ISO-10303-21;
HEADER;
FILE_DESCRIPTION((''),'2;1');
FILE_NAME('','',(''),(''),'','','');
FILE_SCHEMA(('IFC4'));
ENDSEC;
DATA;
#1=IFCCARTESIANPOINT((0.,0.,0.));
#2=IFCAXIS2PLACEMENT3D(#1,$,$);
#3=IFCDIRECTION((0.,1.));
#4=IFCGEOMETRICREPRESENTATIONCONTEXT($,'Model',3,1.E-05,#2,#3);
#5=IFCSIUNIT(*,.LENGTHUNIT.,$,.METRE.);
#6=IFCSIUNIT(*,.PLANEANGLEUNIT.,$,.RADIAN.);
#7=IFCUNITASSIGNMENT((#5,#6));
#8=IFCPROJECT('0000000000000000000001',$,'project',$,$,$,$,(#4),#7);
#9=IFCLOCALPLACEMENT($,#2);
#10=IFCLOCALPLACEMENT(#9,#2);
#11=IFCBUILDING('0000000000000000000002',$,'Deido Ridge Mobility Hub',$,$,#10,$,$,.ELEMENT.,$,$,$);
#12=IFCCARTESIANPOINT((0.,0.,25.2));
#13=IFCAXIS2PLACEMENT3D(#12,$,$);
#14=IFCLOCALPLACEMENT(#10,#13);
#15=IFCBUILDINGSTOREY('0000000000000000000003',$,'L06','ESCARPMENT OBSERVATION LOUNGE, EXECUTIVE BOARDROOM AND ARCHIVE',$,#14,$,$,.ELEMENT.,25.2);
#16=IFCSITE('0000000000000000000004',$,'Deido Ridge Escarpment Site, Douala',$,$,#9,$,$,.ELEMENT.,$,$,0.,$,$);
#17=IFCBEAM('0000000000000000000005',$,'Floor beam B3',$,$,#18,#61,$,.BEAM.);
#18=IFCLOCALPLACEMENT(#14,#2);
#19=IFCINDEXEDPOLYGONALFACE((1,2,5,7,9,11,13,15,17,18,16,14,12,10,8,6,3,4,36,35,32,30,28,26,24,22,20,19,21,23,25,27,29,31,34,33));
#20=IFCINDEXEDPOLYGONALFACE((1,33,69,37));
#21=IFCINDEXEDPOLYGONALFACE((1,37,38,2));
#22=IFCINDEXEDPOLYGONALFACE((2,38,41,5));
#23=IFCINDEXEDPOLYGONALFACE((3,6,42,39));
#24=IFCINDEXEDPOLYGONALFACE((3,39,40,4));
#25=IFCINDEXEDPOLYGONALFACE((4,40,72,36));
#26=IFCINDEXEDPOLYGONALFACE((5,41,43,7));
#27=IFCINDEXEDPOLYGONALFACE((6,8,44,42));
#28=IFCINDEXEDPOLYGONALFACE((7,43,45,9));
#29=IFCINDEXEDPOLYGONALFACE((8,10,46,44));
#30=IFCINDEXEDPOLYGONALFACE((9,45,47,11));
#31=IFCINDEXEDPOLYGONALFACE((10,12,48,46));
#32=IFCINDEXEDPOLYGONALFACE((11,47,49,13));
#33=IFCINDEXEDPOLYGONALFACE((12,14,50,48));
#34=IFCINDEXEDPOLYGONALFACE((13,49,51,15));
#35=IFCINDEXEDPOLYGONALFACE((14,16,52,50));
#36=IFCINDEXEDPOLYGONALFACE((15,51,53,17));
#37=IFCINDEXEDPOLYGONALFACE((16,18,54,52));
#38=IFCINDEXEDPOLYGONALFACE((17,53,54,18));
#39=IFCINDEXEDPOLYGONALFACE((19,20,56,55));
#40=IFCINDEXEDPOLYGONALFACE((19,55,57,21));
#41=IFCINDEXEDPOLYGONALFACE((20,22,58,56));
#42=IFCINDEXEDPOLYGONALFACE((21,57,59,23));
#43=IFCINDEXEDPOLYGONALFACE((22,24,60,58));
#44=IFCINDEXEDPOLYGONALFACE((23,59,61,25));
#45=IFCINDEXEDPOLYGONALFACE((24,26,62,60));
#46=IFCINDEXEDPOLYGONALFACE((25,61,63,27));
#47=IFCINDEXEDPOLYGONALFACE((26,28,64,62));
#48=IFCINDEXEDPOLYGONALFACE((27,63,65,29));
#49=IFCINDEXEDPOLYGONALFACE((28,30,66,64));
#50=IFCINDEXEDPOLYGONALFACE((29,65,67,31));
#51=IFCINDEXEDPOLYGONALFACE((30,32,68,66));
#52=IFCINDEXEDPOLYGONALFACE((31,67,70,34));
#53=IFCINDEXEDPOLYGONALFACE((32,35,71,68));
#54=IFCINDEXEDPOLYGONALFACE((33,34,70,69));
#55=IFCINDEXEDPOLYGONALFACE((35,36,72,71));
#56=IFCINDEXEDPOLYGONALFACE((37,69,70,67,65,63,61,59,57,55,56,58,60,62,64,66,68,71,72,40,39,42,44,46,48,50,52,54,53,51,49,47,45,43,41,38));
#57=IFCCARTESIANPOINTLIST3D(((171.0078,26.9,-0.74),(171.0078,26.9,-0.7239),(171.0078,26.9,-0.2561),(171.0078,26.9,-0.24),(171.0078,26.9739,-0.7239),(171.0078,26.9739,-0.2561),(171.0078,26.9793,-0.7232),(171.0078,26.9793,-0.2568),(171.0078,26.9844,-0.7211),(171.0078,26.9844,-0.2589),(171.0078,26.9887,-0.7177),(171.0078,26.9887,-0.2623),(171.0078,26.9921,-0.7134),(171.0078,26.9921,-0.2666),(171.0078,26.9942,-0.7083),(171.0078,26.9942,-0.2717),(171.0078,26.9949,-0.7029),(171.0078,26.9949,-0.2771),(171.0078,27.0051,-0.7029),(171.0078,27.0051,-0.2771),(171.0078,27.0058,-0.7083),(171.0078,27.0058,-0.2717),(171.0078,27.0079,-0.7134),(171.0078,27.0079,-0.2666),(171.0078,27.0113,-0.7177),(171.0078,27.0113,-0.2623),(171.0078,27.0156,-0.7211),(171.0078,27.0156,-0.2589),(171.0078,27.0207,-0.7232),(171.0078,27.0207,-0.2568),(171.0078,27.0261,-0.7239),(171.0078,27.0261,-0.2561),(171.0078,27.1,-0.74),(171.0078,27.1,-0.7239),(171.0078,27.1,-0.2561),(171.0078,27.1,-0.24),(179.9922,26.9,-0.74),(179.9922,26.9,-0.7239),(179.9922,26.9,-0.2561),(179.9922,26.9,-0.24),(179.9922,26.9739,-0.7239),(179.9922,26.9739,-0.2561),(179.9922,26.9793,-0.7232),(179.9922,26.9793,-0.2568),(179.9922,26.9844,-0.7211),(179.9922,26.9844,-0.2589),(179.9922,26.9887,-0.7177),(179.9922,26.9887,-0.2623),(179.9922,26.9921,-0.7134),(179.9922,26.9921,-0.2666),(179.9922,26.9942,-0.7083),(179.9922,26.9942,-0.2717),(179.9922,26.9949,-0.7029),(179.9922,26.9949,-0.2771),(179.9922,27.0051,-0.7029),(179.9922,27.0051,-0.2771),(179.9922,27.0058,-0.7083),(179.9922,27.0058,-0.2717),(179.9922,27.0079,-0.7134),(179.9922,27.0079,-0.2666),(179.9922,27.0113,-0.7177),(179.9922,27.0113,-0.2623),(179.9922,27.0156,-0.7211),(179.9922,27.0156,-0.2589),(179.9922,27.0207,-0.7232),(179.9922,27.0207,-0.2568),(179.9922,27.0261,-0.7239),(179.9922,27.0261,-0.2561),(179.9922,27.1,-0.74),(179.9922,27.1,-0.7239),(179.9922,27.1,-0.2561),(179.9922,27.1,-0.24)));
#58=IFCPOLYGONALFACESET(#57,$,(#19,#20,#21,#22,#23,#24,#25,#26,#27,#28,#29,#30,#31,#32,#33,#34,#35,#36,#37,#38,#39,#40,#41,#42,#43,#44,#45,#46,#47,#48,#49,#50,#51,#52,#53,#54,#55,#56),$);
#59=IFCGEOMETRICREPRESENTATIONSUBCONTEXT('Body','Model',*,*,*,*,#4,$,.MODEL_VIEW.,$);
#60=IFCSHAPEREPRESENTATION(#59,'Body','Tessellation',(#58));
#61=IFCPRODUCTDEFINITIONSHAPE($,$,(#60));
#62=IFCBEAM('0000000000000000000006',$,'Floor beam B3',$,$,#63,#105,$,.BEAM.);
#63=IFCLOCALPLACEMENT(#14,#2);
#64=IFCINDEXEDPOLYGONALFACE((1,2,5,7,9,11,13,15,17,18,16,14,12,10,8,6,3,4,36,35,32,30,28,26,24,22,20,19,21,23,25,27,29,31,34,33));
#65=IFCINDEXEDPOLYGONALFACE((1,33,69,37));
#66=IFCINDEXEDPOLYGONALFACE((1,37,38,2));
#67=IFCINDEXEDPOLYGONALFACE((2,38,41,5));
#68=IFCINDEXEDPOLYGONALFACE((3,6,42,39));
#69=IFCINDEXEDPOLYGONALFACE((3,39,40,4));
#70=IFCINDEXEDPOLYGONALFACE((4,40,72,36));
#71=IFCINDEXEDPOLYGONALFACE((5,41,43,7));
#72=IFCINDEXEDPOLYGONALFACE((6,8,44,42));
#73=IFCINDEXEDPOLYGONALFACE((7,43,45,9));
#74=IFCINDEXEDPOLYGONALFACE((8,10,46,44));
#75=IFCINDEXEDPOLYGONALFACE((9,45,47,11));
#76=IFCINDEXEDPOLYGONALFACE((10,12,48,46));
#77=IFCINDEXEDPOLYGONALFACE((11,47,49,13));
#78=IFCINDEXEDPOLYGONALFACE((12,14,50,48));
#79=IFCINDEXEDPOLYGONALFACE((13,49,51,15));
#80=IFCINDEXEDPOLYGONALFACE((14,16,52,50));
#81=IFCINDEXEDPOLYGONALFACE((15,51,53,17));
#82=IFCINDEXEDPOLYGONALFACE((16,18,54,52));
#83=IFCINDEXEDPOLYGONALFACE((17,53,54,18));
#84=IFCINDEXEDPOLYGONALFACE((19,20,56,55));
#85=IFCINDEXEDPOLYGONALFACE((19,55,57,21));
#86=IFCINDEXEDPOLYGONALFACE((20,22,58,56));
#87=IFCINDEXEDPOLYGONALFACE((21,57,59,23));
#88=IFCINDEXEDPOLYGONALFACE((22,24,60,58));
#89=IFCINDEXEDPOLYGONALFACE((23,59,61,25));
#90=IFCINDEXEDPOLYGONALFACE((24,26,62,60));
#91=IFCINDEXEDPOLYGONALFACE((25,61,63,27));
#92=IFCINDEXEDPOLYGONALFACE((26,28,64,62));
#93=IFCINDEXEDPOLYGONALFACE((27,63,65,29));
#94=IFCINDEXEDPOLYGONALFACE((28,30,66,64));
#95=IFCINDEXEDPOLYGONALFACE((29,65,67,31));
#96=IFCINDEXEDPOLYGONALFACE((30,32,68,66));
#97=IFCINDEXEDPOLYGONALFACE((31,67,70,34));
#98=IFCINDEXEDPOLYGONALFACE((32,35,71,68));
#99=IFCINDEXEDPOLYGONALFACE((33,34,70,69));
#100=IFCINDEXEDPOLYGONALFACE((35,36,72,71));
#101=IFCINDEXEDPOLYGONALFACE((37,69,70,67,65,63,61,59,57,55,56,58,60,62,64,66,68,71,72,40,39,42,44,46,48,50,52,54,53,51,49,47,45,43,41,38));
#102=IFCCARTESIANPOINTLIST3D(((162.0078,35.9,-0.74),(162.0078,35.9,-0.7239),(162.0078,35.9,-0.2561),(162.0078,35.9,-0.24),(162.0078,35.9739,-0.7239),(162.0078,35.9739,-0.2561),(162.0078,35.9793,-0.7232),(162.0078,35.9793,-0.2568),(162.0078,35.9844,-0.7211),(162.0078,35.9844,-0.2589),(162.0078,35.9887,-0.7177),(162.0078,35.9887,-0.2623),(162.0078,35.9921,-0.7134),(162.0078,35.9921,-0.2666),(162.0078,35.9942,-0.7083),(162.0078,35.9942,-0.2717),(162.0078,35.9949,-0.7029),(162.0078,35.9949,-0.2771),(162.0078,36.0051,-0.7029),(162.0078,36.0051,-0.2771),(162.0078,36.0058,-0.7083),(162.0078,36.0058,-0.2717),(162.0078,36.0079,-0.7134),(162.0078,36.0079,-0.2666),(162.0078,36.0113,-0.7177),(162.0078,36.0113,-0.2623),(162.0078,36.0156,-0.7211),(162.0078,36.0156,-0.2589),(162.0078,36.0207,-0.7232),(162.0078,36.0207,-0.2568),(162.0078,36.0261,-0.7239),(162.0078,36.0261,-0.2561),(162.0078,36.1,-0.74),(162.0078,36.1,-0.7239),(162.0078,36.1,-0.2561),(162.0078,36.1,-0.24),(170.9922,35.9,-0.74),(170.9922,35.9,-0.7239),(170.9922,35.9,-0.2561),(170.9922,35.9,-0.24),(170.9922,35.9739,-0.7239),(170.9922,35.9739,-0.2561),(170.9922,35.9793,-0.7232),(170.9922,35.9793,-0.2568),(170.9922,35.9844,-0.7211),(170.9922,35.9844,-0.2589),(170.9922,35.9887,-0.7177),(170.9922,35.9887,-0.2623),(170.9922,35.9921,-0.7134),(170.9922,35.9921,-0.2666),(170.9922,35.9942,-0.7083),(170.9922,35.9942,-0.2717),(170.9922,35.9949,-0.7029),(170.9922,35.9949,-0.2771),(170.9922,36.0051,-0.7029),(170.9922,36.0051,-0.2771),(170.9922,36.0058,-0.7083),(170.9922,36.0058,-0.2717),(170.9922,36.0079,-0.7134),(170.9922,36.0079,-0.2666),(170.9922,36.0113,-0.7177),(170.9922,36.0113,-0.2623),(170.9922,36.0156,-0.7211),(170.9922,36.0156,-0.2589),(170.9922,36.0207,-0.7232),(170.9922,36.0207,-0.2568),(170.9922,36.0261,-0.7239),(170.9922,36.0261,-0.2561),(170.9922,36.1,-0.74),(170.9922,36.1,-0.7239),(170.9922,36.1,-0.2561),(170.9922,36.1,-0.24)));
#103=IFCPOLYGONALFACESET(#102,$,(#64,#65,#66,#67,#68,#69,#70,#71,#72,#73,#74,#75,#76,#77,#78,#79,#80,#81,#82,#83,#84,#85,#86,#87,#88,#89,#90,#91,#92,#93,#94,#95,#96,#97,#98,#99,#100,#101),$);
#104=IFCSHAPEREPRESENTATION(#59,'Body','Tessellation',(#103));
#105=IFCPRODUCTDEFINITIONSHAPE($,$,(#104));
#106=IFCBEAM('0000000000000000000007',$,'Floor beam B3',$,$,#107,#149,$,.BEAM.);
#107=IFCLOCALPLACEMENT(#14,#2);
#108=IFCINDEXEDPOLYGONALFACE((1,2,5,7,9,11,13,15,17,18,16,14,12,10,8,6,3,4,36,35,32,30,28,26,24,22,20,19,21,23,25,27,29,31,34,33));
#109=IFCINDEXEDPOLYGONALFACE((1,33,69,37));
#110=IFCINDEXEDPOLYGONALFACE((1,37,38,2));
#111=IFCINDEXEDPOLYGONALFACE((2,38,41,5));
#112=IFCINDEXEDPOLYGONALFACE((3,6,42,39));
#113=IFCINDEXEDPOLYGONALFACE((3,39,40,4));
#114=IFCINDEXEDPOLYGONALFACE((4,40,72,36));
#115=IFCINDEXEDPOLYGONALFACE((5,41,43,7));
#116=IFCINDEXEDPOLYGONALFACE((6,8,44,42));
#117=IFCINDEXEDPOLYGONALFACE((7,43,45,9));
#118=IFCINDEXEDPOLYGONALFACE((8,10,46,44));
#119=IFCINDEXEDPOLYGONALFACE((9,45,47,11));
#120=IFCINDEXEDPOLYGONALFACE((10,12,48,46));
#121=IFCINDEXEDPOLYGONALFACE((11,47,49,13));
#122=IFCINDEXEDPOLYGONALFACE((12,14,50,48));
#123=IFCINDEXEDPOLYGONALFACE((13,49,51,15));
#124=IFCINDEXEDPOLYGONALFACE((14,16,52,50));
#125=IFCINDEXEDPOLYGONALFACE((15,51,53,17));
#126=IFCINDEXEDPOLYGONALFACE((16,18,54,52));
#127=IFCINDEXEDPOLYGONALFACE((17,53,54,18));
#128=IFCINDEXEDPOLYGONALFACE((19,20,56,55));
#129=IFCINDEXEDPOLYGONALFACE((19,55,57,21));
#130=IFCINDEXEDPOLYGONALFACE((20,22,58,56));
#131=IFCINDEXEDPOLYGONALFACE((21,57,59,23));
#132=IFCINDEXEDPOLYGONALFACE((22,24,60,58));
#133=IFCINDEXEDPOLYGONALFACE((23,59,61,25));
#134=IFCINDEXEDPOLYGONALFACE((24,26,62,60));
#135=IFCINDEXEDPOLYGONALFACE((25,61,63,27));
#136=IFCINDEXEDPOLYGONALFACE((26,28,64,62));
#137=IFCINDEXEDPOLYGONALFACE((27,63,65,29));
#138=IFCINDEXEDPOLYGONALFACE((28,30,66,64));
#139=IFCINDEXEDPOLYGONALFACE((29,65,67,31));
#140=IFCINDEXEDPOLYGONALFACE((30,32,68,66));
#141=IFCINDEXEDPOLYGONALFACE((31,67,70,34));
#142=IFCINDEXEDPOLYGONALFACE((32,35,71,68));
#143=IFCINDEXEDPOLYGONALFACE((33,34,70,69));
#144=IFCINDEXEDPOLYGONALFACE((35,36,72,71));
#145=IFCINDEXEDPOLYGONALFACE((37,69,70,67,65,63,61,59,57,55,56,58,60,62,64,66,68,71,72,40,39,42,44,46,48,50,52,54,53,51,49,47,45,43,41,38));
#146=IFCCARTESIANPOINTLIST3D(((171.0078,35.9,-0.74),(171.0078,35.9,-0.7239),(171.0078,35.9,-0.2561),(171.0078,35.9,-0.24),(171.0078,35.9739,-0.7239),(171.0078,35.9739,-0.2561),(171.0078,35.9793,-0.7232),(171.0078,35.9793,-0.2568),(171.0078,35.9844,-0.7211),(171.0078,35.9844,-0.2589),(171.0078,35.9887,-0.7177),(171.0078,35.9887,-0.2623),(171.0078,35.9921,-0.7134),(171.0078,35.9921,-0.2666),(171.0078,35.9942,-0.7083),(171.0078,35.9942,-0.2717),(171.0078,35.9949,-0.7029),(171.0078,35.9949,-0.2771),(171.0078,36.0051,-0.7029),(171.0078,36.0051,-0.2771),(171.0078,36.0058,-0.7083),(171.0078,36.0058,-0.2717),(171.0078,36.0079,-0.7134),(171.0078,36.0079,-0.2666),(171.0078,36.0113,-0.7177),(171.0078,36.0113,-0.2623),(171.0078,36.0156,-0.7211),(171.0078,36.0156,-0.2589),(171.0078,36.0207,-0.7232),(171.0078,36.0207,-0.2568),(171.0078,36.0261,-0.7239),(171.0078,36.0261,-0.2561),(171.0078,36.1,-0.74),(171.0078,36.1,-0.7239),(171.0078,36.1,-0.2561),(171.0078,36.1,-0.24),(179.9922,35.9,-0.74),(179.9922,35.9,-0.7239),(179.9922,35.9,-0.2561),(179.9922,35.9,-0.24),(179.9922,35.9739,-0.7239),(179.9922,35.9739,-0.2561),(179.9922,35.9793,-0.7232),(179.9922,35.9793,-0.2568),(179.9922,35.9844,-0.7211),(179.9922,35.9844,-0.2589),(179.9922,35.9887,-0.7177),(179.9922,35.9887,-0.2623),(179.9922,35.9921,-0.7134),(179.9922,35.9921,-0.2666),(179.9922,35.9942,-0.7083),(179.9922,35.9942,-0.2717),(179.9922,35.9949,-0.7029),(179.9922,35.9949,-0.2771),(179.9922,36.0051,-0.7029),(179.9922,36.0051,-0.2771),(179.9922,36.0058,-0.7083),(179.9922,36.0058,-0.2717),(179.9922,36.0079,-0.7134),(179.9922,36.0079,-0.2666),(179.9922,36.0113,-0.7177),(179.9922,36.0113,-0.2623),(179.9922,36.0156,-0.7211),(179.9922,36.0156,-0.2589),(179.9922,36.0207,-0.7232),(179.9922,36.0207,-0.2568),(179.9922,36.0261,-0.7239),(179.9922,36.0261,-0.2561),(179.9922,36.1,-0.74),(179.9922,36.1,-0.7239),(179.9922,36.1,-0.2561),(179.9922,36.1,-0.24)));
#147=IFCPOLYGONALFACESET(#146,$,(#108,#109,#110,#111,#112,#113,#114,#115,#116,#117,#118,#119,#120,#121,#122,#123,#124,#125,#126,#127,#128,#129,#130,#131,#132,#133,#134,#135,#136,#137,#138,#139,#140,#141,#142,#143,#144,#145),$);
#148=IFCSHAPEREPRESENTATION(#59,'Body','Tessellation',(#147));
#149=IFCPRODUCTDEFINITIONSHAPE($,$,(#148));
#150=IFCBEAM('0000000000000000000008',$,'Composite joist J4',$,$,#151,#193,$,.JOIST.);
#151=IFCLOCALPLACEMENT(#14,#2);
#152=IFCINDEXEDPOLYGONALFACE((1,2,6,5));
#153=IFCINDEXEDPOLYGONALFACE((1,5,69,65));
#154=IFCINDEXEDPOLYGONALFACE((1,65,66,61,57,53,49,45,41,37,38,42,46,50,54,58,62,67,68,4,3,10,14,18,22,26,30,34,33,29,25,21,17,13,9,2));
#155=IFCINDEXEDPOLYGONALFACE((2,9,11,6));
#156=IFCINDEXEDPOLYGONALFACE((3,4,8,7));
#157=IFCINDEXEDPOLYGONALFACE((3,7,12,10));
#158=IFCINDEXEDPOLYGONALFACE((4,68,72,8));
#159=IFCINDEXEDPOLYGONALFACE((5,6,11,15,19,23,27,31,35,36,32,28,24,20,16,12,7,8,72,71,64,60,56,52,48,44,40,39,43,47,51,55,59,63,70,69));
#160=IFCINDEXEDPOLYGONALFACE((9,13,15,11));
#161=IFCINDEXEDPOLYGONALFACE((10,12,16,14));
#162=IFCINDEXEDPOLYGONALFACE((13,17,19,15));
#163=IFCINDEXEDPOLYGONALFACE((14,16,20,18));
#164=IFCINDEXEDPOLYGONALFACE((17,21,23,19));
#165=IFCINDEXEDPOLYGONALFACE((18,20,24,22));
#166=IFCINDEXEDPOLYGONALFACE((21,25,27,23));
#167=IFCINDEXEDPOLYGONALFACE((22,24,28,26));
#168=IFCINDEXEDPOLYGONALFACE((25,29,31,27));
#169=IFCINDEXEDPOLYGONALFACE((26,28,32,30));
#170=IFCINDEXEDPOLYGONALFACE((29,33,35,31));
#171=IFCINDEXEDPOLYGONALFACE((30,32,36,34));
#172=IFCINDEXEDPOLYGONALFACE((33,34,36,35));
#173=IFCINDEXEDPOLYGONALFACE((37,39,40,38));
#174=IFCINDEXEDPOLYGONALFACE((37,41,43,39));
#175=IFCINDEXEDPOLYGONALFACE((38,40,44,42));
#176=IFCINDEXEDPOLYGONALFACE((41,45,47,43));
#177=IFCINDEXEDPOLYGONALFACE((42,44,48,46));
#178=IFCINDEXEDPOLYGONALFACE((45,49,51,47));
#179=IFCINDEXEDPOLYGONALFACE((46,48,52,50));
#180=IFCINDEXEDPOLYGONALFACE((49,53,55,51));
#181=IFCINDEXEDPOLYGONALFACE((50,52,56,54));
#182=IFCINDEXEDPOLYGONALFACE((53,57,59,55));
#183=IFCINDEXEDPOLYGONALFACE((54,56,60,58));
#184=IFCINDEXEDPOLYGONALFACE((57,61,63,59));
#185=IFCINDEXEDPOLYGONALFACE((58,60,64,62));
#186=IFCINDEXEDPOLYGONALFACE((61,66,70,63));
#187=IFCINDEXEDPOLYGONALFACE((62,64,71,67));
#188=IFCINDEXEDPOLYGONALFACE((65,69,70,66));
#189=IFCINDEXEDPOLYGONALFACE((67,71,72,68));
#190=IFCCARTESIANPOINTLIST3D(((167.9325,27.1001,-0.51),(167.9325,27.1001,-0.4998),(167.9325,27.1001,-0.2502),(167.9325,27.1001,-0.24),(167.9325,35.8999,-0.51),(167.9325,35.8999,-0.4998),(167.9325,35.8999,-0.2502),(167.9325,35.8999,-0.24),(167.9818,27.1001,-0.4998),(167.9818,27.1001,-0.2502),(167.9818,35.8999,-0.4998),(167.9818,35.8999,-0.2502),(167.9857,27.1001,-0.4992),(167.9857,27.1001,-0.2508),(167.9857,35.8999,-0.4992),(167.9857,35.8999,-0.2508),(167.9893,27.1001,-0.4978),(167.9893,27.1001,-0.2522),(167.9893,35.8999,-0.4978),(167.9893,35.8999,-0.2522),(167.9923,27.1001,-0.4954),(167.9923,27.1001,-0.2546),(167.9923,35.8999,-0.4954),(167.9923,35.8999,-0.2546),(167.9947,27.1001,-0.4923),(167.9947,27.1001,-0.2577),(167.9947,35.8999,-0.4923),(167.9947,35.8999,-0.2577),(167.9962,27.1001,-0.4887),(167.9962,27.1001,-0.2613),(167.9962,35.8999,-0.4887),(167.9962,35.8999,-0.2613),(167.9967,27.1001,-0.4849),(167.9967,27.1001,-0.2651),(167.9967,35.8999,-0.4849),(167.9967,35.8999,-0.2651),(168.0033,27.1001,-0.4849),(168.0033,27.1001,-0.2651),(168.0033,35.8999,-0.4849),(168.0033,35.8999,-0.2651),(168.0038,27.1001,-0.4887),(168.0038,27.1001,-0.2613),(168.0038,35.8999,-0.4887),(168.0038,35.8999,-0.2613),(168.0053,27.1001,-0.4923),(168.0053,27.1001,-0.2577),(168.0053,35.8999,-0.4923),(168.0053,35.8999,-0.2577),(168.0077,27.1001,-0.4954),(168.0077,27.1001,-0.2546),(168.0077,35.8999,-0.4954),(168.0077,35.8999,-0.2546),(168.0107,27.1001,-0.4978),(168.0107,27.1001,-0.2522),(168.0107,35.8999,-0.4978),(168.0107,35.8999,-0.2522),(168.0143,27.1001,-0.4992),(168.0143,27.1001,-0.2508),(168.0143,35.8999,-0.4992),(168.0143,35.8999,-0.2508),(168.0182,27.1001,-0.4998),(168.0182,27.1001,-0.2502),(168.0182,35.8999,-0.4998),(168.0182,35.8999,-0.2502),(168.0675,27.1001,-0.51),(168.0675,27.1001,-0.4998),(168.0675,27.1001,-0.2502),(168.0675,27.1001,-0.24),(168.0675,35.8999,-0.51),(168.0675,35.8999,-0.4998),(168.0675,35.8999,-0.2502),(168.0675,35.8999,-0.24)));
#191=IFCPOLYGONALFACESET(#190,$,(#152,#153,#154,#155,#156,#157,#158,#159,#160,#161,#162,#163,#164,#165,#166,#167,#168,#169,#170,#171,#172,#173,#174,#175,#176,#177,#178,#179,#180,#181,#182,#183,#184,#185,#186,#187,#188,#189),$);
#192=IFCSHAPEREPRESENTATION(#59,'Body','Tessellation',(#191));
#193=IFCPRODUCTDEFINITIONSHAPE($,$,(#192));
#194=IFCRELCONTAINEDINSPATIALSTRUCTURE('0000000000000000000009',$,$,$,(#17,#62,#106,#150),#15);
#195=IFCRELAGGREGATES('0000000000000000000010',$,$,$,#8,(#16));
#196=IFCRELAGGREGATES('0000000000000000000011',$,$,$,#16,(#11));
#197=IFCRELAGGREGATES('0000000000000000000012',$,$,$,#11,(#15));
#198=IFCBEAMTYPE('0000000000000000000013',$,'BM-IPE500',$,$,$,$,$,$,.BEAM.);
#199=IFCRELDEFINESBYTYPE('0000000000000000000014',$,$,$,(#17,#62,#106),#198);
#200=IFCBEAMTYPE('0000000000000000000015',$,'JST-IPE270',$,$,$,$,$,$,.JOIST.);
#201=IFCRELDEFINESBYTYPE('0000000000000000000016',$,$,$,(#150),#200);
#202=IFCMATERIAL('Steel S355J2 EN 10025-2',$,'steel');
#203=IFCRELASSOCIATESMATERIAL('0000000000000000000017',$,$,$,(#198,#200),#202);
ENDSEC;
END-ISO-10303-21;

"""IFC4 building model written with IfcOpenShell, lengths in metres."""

from ifc_helpers import new_model, si_unit, direction, frame, origin, origin_2d, place, context, subcontext, project, spatial, i_section, extrude, material, material_profile, profile_set, type_object, element, save


model = new_model("IFC4")

# Units and contexts
model_context = context("Model", 3, precision=1e-05, world=origin(), true_north=direction((0.0, 1.0)))
body_context = subcontext(model_context, "Body", "Model", "MODEL_VIEW")
ifc_project = project(units=[si_unit("LENGTHUNIT", "METRE"), si_unit("PLANEANGLEUNIT", "RADIAN")], contexts=[model_context])

# Site, building, storey
site_placement = place(None, origin())
site = spatial("IfcSite", under=ifc_project, at=site_placement, Name="Deido Ridge Escarpment Site, Douala", CompositionType="ELEMENT", RefElevation=0.0)
building_placement = place(site_placement, origin())
building = spatial("IfcBuilding", under=site, at=building_placement, Name="Deido Ridge Mobility Hub", CompositionType="ELEMENT")
storey_placement = place(building_placement, frame((0.0, 0.0, 25.2)))
storey = spatial("IfcBuildingStorey", under=building, at=storey_placement, Name="L06", Description="ESCARPMENT OBSERVATION LOUNGE, EXECUTIVE BOARDROOM AND ARCHIVE", CompositionType="ELEMENT", Elevation=25.2)

# Shared definitions
ifc_material_1 = material(Name="Steel S355J2 EN 10025-2", Category="steel")

# Beams
ifc_material_profile_1 = material_profile(ifc_material_1, i_section(OverallWidth=0.2, OverallDepth=0.5, WebThickness=0.0103, FlangeThickness=0.0161, FilletRadius=0.021, at=origin_2d()), Name="IPE 500")
ifc_profile_set_1 = profile_set([ifc_material_profile_1], Name="Steel S355J2 EN 10025-2")
beam_type_1 = type_object("IfcBeamType", Name="BM-IPE500", PredefinedType="BEAM", material=ifc_profile_set_1)
for number, where, z_axis, x_axis, name in (
    (1, (171.0078, 27.0, -0.49), (1.0, 0.0, 0.0), (0.0, 1.0, 0.0), "Floor beam B3"),
    (2, (162.0078, 36.0, -0.49), (1.0, 0.0, 0.0), (0.0, 1.0, 0.0), "Floor beam B3"),
    (3, (171.0078, 36.0, -0.49), (1.0, 0.0, 0.0), (0.0, 1.0, 0.0), "Floor beam B3"),
):
    element("IfcBeam", number, at=place(storey_placement, frame(where, z_axis=z_axis, x_axis=x_axis)), inside=storey, type_object=beam_type_1, Name=name, PredefinedType="BEAM", context=body_context, shape_type="SweptSolid", body=[
        extrude(i_section(OverallWidth=0.2, OverallDepth=0.5, WebThickness=0.0103, FlangeThickness=0.0161, FilletRadius=0.021, at=origin_2d()), origin(), (0.0, 0.0, 1.0), 8.9844),
    ])
ifc_material_profile_2 = material_profile(ifc_material_1, i_section(OverallWidth=0.135, OverallDepth=0.27, WebThickness=0.0066, FlangeThickness=0.0103, FilletRadius=0.0149, at=origin_2d()), Name="IPE 270")
ifc_profile_set_2 = profile_set([ifc_material_profile_2], Name="Steel S355J2 EN 10025-2")
beam_type_2 = type_object("IfcBeamType", Name="JST-IPE270", PredefinedType="JOIST", material=ifc_profile_set_2)
for number, where, z_axis, x_axis, name in (
    (4, (168.0, 27.1001, -0.375), (0.0, 1.0, 0.0), (-1.0, 0.0, 0.0), "Composite joist J4"),
):
    element("IfcBeam", number, at=place(storey_placement, frame(where, z_axis=z_axis, x_axis=x_axis)), inside=storey, type_object=beam_type_2, Name=name, PredefinedType="JOIST", context=body_context, shape_type="SweptSolid", body=[
        extrude(i_section(OverallWidth=0.135, OverallDepth=0.27, WebThickness=0.0066, FlangeThickness=0.0103, FilletRadius=0.0149, at=origin_2d()), origin(), (0.0, 0.0, 1.0), 8.7998),
    ])

save(model, "model.ifc")
